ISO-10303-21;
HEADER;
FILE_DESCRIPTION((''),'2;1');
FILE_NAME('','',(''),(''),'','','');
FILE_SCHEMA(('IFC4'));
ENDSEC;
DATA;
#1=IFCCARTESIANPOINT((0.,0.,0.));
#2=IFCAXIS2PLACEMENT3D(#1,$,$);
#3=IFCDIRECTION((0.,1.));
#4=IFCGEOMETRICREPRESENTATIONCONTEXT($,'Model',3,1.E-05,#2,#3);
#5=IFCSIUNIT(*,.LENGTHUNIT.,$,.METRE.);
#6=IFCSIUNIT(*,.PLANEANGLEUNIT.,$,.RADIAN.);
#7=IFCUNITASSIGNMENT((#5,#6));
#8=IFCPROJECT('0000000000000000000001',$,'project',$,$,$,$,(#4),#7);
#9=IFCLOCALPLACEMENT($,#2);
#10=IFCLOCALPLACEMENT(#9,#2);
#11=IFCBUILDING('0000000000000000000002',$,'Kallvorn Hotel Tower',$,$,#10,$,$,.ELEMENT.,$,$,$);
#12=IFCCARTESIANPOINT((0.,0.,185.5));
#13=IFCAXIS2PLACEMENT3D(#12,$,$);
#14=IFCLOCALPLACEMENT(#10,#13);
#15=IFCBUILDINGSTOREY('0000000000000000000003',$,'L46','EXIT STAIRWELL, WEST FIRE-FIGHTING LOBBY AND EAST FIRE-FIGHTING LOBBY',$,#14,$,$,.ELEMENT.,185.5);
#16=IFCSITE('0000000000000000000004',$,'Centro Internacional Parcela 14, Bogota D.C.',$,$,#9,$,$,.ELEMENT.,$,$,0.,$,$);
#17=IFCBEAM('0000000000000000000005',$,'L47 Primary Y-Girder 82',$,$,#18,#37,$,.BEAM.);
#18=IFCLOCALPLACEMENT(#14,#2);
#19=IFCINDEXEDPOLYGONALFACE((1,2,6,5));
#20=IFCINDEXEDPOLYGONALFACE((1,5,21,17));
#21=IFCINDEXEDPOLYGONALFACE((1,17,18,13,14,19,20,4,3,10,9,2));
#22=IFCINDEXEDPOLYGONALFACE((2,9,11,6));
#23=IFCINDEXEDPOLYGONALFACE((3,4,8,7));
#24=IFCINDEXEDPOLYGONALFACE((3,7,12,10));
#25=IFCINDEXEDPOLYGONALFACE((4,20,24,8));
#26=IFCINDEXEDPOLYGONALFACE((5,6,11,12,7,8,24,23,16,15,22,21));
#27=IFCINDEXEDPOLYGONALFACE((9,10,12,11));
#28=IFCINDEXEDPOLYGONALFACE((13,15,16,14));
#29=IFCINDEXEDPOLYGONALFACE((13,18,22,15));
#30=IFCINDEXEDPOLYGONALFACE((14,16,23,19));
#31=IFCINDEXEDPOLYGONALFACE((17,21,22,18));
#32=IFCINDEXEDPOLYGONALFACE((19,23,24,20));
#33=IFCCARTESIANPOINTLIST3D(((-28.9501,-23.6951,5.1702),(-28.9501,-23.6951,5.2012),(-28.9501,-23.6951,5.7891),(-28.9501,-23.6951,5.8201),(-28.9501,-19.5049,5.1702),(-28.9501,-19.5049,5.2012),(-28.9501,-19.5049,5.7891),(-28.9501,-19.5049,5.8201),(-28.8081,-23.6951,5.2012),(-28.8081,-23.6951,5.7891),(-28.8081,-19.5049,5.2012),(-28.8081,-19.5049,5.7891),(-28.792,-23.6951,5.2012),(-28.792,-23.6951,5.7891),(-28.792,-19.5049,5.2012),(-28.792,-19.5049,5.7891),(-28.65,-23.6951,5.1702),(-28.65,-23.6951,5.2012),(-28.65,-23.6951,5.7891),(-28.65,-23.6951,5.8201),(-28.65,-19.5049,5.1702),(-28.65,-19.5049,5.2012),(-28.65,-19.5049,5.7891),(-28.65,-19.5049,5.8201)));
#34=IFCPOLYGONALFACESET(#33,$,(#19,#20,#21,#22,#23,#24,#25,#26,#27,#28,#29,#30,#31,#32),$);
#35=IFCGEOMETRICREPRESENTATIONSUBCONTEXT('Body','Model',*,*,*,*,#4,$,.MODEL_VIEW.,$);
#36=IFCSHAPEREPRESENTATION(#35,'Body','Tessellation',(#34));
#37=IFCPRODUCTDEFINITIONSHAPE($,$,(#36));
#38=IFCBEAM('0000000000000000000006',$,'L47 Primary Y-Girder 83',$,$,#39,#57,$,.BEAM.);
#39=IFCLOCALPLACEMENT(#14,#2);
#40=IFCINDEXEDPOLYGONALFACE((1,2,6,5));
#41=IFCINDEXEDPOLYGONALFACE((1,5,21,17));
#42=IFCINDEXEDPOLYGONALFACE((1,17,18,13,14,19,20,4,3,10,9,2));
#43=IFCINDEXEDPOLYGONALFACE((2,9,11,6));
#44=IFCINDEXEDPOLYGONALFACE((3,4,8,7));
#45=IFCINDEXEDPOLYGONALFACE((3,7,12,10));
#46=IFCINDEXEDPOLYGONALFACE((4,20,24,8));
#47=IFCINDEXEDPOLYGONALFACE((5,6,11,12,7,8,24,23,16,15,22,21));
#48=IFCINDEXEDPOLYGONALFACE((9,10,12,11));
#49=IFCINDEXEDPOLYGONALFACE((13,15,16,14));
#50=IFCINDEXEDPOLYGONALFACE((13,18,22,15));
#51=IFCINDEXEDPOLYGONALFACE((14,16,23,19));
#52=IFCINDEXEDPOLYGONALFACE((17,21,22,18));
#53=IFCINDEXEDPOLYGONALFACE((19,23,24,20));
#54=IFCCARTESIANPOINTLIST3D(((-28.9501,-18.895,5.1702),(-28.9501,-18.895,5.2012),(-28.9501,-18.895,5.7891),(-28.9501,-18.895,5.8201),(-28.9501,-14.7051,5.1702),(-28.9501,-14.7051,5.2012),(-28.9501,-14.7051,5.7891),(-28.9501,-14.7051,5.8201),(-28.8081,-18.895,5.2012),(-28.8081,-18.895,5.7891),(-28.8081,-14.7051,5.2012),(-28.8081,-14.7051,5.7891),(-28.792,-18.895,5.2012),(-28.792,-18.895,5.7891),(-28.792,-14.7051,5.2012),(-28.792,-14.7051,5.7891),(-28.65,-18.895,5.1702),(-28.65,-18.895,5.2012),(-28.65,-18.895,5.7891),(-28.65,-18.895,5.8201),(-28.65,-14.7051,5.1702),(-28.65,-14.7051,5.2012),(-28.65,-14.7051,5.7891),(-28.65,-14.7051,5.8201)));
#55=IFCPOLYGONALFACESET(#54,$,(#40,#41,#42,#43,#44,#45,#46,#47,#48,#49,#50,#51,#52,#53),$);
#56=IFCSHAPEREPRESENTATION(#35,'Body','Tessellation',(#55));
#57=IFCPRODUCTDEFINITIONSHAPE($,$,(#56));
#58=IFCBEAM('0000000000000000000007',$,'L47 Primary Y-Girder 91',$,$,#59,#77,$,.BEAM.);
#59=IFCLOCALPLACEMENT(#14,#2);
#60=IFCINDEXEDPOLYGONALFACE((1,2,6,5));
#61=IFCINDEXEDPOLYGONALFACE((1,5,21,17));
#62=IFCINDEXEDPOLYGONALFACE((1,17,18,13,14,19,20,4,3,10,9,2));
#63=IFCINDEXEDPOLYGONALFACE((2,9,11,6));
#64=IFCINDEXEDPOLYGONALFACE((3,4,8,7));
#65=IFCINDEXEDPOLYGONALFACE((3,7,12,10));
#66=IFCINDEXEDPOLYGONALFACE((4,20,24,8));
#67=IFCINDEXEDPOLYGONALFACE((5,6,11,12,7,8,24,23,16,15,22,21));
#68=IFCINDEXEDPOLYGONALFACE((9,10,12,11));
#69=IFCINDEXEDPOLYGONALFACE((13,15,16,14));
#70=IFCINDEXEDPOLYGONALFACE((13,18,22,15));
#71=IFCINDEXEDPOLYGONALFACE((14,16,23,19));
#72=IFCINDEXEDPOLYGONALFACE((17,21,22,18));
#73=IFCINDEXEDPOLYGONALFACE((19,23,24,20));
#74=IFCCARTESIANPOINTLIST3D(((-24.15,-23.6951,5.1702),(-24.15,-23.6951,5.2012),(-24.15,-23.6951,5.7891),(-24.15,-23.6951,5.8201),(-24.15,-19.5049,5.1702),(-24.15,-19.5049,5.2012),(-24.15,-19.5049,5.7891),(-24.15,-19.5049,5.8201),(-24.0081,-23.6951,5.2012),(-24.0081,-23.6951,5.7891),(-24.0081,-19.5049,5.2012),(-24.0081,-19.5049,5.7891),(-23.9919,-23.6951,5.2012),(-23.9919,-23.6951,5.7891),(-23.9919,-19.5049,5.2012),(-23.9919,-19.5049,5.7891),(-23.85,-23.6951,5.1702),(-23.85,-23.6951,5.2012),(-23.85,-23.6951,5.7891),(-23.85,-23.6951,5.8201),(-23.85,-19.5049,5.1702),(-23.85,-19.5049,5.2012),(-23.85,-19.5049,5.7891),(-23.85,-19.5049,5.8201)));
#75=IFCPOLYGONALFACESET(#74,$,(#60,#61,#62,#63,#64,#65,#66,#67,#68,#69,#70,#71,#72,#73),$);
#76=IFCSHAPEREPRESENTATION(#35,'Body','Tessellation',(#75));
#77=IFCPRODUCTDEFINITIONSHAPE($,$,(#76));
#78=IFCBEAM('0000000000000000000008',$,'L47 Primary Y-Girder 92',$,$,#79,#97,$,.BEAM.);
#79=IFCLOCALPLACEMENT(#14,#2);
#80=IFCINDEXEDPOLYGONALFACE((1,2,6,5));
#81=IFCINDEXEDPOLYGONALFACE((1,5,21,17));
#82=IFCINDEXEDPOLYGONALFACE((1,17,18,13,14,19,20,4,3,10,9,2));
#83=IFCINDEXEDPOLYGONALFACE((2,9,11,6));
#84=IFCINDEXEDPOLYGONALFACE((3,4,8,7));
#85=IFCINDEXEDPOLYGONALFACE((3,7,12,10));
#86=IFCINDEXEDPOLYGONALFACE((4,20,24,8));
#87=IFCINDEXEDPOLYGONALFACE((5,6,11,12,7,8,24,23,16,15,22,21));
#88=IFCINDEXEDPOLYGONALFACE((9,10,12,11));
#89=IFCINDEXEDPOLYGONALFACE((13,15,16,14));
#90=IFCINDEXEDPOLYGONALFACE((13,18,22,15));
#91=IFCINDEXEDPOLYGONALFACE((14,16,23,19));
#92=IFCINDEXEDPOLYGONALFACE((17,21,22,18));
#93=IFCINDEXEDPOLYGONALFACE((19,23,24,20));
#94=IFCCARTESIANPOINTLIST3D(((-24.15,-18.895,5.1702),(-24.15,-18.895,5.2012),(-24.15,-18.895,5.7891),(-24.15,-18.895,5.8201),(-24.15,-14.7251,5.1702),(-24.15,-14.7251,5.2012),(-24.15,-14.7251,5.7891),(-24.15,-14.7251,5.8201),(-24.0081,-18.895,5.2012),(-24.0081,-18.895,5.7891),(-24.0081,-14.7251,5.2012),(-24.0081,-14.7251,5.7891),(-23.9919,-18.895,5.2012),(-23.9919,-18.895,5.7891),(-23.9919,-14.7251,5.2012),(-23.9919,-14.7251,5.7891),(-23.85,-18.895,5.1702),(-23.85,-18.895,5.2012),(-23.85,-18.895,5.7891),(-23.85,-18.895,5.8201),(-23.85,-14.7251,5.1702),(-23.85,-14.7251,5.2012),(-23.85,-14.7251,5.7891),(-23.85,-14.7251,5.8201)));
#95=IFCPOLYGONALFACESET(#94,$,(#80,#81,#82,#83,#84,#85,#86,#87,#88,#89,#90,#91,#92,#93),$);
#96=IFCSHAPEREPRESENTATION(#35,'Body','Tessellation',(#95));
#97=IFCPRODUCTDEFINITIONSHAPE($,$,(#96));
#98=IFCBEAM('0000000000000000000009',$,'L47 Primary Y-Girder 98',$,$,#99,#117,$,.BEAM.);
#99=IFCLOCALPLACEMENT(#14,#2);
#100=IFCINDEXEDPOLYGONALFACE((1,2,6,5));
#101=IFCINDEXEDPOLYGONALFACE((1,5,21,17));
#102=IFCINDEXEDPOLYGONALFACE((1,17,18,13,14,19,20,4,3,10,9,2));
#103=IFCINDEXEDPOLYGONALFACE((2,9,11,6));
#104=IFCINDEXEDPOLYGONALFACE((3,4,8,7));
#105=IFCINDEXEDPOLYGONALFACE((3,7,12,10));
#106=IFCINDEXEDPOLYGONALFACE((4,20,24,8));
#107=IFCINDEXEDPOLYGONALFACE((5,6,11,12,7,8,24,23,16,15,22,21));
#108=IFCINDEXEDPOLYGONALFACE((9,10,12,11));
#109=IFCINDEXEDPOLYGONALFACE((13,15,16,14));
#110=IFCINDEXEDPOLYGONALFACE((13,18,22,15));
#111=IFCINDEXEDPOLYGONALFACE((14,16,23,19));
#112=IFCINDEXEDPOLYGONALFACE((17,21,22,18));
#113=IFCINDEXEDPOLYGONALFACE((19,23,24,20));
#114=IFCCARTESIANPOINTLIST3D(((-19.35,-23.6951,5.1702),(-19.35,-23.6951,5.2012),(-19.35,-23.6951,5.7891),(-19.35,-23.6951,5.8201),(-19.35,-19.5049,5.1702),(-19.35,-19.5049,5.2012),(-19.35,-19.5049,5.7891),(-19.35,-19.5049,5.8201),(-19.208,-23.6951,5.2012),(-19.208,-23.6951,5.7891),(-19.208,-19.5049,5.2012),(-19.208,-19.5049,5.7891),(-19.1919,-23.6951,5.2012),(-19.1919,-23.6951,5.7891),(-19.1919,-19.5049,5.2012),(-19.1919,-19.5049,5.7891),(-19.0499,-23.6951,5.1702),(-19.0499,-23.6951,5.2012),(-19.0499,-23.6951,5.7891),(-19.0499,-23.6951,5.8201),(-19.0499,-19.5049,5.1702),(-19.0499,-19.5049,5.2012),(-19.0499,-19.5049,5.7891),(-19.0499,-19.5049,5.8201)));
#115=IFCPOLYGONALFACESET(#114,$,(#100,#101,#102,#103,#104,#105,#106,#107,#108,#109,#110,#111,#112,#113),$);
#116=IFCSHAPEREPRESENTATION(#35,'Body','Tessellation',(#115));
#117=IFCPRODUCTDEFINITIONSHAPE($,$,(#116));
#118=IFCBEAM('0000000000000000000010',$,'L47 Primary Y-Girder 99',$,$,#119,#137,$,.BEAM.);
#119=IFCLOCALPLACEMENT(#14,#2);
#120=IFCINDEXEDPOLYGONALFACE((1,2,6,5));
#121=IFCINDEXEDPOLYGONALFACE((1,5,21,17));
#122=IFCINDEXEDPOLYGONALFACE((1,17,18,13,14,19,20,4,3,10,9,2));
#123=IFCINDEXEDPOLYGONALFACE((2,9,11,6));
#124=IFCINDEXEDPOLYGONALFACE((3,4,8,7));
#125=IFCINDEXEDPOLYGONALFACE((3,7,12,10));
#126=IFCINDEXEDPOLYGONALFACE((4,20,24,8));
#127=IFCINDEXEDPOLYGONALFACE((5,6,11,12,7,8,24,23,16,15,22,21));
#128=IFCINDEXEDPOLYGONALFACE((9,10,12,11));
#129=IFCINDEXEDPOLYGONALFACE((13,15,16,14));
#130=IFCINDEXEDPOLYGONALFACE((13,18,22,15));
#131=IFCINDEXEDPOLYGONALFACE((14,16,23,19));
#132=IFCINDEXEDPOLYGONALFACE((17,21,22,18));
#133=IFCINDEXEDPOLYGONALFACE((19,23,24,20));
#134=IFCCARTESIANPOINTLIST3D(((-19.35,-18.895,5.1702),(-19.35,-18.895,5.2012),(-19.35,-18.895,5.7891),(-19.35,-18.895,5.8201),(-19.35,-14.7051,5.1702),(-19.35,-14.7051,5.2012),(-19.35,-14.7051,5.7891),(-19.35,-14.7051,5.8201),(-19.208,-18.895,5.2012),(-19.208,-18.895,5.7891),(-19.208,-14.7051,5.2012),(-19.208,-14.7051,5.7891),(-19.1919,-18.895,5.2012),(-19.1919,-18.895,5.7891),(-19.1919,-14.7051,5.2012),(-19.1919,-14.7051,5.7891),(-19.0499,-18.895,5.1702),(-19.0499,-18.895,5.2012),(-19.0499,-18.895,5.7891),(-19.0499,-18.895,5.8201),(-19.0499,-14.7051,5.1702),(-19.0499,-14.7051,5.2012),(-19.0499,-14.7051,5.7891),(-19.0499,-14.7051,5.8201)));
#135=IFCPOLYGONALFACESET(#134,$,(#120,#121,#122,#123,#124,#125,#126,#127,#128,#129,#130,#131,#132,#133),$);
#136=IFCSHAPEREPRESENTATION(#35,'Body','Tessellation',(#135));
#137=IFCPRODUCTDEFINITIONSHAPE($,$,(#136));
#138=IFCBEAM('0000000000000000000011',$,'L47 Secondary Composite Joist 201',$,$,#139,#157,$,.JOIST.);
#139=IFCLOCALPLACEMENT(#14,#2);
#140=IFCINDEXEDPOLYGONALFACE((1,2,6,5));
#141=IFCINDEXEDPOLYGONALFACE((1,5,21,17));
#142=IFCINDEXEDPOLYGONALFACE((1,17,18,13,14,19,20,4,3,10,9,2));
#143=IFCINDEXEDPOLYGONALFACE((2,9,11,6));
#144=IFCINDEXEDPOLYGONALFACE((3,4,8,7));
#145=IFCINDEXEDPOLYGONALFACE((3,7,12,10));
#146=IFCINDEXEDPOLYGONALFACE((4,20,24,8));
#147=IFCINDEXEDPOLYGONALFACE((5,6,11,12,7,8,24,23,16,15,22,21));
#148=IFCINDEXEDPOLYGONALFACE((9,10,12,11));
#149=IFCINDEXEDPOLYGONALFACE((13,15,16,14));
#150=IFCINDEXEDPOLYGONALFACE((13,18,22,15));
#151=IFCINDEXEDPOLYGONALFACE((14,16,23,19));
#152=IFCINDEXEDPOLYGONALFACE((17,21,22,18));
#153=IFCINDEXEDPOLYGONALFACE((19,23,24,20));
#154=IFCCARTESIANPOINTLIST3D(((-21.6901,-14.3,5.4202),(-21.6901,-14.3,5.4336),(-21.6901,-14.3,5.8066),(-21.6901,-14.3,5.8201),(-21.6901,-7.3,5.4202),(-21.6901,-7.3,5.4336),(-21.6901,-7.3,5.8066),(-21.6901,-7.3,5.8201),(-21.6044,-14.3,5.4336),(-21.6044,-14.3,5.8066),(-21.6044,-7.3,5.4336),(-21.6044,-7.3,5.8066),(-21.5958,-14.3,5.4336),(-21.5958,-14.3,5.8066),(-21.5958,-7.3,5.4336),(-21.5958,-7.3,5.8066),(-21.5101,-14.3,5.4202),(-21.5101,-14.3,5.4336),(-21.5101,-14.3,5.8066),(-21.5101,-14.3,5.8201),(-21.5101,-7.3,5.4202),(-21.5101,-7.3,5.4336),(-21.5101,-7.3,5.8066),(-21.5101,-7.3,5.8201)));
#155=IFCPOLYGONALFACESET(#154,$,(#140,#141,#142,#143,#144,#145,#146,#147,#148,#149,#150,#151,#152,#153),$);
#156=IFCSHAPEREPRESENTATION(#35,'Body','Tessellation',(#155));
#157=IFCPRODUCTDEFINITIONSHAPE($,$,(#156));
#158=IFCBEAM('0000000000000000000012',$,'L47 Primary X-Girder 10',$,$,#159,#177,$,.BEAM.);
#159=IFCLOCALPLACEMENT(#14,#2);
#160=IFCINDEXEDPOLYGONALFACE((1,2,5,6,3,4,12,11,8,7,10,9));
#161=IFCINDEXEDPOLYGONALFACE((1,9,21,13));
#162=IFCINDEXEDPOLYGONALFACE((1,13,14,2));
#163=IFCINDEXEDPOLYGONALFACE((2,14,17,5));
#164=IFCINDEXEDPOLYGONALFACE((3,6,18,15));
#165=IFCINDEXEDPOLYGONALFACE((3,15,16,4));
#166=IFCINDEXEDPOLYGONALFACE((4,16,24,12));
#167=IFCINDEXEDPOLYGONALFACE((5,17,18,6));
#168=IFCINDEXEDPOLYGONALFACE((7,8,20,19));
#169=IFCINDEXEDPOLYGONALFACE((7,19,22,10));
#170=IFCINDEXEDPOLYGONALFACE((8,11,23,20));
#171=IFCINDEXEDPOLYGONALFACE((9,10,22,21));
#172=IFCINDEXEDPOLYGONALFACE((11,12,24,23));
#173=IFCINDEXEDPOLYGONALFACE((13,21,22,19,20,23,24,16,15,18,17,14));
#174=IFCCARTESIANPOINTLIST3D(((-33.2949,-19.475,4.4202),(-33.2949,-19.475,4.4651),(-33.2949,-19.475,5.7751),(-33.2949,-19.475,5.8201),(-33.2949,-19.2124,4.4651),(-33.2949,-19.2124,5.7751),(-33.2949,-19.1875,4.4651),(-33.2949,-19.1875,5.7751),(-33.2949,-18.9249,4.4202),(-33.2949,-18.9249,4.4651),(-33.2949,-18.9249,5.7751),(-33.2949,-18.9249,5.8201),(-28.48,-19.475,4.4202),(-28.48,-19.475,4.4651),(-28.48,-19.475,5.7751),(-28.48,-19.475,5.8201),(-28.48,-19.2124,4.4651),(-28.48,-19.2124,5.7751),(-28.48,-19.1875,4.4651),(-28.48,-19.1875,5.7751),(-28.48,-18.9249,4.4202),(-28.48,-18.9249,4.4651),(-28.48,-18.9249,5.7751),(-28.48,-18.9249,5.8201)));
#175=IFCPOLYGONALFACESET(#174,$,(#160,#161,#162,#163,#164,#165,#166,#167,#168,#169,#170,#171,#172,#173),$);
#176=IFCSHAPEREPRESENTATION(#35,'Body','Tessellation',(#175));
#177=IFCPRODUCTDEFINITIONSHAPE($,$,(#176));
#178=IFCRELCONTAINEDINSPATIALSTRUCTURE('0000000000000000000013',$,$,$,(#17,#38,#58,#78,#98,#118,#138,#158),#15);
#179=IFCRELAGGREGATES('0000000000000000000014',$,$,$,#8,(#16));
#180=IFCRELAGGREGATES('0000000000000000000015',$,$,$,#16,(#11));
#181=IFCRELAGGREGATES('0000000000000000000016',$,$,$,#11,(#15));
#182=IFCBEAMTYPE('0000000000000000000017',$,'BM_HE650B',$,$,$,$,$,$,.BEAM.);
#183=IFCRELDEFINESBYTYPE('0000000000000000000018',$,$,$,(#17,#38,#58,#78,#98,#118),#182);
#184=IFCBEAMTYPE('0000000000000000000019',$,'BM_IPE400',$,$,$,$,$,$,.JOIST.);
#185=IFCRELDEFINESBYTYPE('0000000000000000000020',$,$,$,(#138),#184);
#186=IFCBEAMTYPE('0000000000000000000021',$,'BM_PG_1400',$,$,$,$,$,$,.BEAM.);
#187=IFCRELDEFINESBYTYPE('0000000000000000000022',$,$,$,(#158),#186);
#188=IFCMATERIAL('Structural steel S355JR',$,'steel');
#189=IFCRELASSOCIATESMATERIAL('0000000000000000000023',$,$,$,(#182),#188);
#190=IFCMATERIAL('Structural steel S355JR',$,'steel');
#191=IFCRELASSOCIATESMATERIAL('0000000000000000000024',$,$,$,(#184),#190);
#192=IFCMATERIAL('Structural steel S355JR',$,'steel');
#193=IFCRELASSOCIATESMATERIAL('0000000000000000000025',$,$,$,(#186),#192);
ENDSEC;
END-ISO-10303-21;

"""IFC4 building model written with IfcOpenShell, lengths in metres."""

from ifc_helpers import new_model, si_unit, direction, frame, origin, origin_2d, place, context, subcontext, project, spatial, i_section, extrude, material, material_profile, profile_set, type_object, element, save


model = new_model("IFC4")

# Units and contexts
model_context = context("Model", 3, precision=1e-05, world=origin(), true_north=direction((0.0, 1.0)))
body_context = subcontext(model_context, "Body", "Model", "MODEL_VIEW")
ifc_project = project(units=[si_unit("LENGTHUNIT", "METRE"), si_unit("PLANEANGLEUNIT", "RADIAN")], contexts=[model_context])

# Site, building, storey
site_placement = place(None, origin())
site = spatial("IfcSite", under=ifc_project, at=site_placement, Name="Centro Internacional Parcela 14, Bogota D.C.", CompositionType="ELEMENT", RefElevation=0.0)
building_placement = place(site_placement, origin())
building = spatial("IfcBuilding", under=site, at=building_placement, Name="Kallvorn Hotel Tower", CompositionType="ELEMENT")
storey_placement = place(building_placement, frame((0.0, 0.0, 185.5)))
storey = spatial("IfcBuildingStorey", under=building, at=storey_placement, Name="L46", Description="EXIT STAIRWELL, WEST FIRE-FIGHTING LOBBY AND EAST FIRE-FIGHTING LOBBY", CompositionType="ELEMENT", Elevation=185.5)

# Beams
ifc_material_1 = material(Name="Structural steel S355JR", Category="steel")
ifc_material_profile_1 = material_profile(ifc_material_1, i_section(OverallWidth=0.3, OverallDepth=0.6499, WebThickness=0.0161, FlangeThickness=0.031, at=origin_2d()), Name="HE 650 B")
ifc_profile_set_1 = profile_set([ifc_material_profile_1], Name="Structural steel S355JR")
beam_type_1 = type_object("IfcBeamType", Name="BM_HE650B", PredefinedType="BEAM", material=ifc_profile_set_1)
beam_1_placement = place(storey_placement, frame((-28.8, -23.6951, 5.4951), z_axis=(0.0, 1.0, 0.0), x_axis=(-1.0, 0.0, 0.0)))
element("IfcBeam", 1, at=beam_1_placement, inside=storey, type_object=beam_type_1, Name="L47 Primary Y-Girder 82", PredefinedType="BEAM", context=body_context, shape_type="SweptSolid", body=[
    extrude(i_section(OverallWidth=0.3, OverallDepth=0.6499, WebThickness=0.0161, FlangeThickness=0.031, at=origin_2d()), origin(), (0.0, 0.0, 1.0), 4.1902),
])
beam_2_placement = place(storey_placement, frame((-28.8, -18.895, 5.4951), z_axis=(0.0, 1.0, 0.0), x_axis=(-1.0, 0.0, 0.0)))
element("IfcBeam", 2, at=beam_2_placement, inside=storey, type_object=beam_type_1, Name="L47 Primary Y-Girder 83", PredefinedType="BEAM", context=body_context, shape_type="SweptSolid", body=[
    extrude(i_section(OverallWidth=0.3, OverallDepth=0.6499, WebThickness=0.0161, FlangeThickness=0.031, at=origin_2d()), origin(), (0.0, 0.0, 1.0), 4.1899),
])
beam_3_placement = place(storey_placement, frame((-24.0, -23.6951, 5.4951), z_axis=(0.0, 1.0, 0.0), x_axis=(-1.0, 0.0, 0.0)))
element("IfcBeam", 3, at=beam_3_placement, inside=storey, type_object=beam_type_1, Name="L47 Primary Y-Girder 91", PredefinedType="BEAM", context=body_context, shape_type="SweptSolid", body=[
    extrude(i_section(OverallWidth=0.3, OverallDepth=0.6499, WebThickness=0.0161, FlangeThickness=0.031, at=origin_2d()), origin(), (0.0, 0.0, 1.0), 4.1902),
])
beam_4_placement = place(storey_placement, frame((-24.0, -18.895, 5.4951), z_axis=(0.0, 1.0, 0.0), x_axis=(-1.0, 0.0, 0.0)))
element("IfcBeam", 4, at=beam_4_placement, inside=storey, type_object=beam_type_1, Name="L47 Primary Y-Girder 92", PredefinedType="BEAM", context=body_context, shape_type="SweptSolid", body=[
    extrude(i_section(OverallWidth=0.3, OverallDepth=0.6499, WebThickness=0.0161, FlangeThickness=0.031, at=origin_2d()), origin(), (0.0, 0.0, 1.0), 4.1699),
])
beam_5_placement = place(storey_placement, frame((-19.2, -23.6951, 5.4951), z_axis=(0.0, 1.0, 0.0), x_axis=(-1.0, 0.0, 0.0)))
element("IfcBeam", 5, at=beam_5_placement, inside=storey, type_object=beam_type_1, Name="L47 Primary Y-Girder 98", PredefinedType="BEAM", context=body_context, shape_type="SweptSolid", body=[
    extrude(i_section(OverallWidth=0.3, OverallDepth=0.6499, WebThickness=0.0161, FlangeThickness=0.031, at=origin_2d()), origin(), (0.0, 0.0, 1.0), 4.1902),
])
beam_6_placement = place(storey_placement, frame((-19.2, -18.895, 5.4951), z_axis=(0.0, 1.0, 0.0), x_axis=(-1.0, 0.0, 0.0)))
element("IfcBeam", 6, at=beam_6_placement, inside=storey, type_object=beam_type_1, Name="L47 Primary Y-Girder 99", PredefinedType="BEAM", context=body_context, shape_type="SweptSolid", body=[
    extrude(i_section(OverallWidth=0.3, OverallDepth=0.6499, WebThickness=0.0161, FlangeThickness=0.031, at=origin_2d()), origin(), (0.0, 0.0, 1.0), 4.1899),
])
ifc_material_2 = material(Name="Structural steel S355JR", Category="steel")
ifc_material_profile_2 = material_profile(ifc_material_2, i_section(OverallWidth=0.1799, OverallDepth=0.3999, WebThickness=0.0085, FlangeThickness=0.0134, at=origin_2d()), Name="IPE 400")
ifc_profile_set_2 = profile_set([ifc_material_profile_2], Name="Structural steel S355JR")
beam_type_2 = type_object("IfcBeamType", Name="BM_IPE400", PredefinedType="JOIST", material=ifc_profile_set_2)
beam_7_placement = place(storey_placement, frame((-21.6001, -14.3, 5.6201), z_axis=(0.0, 1.0, 0.0), x_axis=(-1.0, 0.0, 0.0)))
element("IfcBeam", 7, at=beam_7_placement, inside=storey, type_object=beam_type_2, Name="L47 Secondary Composite Joist 201", PredefinedType="JOIST", context=body_context, shape_type="SweptSolid", body=[
    extrude(i_section(OverallWidth=0.1799, OverallDepth=0.3999, WebThickness=0.0085, FlangeThickness=0.0134, at=origin_2d()), origin(), (0.0, 0.0, 1.0), 7.0),
])
ifc_material_3 = material(Name="Structural steel S355JR", Category="steel")
ifc_material_profile_3 = material_profile(ifc_material_3, i_section(OverallWidth=0.55, OverallDepth=1.3999, WebThickness=0.0249, FlangeThickness=0.0449, at=origin_2d()), Name="PG 1400x550x25x45")
ifc_profile_set_3 = profile_set([ifc_material_profile_3], Name="Structural steel S355JR")
beam_type_3 = type_object("IfcBeamType", Name="BM_PG_1400", PredefinedType="BEAM", material=ifc_profile_set_3)
beam_8_placement = place(storey_placement, frame((-33.2949, -19.2, 5.1201), z_axis=(1.0, 0.0, 0.0), x_axis=(0.0, 1.0, 0.0)))
element("IfcBeam", 8, at=beam_8_placement, inside=storey, type_object=beam_type_3, Name="L47 Primary X-Girder 10", PredefinedType="BEAM", context=body_context, shape_type="SweptSolid", body=[
    extrude(i_section(OverallWidth=0.55, OverallDepth=1.3999, WebThickness=0.0249, FlangeThickness=0.0449, at=origin_2d()), origin(), (0.0, 0.0, 1.0), 4.8149),
])

save(model, "model.ifc")
